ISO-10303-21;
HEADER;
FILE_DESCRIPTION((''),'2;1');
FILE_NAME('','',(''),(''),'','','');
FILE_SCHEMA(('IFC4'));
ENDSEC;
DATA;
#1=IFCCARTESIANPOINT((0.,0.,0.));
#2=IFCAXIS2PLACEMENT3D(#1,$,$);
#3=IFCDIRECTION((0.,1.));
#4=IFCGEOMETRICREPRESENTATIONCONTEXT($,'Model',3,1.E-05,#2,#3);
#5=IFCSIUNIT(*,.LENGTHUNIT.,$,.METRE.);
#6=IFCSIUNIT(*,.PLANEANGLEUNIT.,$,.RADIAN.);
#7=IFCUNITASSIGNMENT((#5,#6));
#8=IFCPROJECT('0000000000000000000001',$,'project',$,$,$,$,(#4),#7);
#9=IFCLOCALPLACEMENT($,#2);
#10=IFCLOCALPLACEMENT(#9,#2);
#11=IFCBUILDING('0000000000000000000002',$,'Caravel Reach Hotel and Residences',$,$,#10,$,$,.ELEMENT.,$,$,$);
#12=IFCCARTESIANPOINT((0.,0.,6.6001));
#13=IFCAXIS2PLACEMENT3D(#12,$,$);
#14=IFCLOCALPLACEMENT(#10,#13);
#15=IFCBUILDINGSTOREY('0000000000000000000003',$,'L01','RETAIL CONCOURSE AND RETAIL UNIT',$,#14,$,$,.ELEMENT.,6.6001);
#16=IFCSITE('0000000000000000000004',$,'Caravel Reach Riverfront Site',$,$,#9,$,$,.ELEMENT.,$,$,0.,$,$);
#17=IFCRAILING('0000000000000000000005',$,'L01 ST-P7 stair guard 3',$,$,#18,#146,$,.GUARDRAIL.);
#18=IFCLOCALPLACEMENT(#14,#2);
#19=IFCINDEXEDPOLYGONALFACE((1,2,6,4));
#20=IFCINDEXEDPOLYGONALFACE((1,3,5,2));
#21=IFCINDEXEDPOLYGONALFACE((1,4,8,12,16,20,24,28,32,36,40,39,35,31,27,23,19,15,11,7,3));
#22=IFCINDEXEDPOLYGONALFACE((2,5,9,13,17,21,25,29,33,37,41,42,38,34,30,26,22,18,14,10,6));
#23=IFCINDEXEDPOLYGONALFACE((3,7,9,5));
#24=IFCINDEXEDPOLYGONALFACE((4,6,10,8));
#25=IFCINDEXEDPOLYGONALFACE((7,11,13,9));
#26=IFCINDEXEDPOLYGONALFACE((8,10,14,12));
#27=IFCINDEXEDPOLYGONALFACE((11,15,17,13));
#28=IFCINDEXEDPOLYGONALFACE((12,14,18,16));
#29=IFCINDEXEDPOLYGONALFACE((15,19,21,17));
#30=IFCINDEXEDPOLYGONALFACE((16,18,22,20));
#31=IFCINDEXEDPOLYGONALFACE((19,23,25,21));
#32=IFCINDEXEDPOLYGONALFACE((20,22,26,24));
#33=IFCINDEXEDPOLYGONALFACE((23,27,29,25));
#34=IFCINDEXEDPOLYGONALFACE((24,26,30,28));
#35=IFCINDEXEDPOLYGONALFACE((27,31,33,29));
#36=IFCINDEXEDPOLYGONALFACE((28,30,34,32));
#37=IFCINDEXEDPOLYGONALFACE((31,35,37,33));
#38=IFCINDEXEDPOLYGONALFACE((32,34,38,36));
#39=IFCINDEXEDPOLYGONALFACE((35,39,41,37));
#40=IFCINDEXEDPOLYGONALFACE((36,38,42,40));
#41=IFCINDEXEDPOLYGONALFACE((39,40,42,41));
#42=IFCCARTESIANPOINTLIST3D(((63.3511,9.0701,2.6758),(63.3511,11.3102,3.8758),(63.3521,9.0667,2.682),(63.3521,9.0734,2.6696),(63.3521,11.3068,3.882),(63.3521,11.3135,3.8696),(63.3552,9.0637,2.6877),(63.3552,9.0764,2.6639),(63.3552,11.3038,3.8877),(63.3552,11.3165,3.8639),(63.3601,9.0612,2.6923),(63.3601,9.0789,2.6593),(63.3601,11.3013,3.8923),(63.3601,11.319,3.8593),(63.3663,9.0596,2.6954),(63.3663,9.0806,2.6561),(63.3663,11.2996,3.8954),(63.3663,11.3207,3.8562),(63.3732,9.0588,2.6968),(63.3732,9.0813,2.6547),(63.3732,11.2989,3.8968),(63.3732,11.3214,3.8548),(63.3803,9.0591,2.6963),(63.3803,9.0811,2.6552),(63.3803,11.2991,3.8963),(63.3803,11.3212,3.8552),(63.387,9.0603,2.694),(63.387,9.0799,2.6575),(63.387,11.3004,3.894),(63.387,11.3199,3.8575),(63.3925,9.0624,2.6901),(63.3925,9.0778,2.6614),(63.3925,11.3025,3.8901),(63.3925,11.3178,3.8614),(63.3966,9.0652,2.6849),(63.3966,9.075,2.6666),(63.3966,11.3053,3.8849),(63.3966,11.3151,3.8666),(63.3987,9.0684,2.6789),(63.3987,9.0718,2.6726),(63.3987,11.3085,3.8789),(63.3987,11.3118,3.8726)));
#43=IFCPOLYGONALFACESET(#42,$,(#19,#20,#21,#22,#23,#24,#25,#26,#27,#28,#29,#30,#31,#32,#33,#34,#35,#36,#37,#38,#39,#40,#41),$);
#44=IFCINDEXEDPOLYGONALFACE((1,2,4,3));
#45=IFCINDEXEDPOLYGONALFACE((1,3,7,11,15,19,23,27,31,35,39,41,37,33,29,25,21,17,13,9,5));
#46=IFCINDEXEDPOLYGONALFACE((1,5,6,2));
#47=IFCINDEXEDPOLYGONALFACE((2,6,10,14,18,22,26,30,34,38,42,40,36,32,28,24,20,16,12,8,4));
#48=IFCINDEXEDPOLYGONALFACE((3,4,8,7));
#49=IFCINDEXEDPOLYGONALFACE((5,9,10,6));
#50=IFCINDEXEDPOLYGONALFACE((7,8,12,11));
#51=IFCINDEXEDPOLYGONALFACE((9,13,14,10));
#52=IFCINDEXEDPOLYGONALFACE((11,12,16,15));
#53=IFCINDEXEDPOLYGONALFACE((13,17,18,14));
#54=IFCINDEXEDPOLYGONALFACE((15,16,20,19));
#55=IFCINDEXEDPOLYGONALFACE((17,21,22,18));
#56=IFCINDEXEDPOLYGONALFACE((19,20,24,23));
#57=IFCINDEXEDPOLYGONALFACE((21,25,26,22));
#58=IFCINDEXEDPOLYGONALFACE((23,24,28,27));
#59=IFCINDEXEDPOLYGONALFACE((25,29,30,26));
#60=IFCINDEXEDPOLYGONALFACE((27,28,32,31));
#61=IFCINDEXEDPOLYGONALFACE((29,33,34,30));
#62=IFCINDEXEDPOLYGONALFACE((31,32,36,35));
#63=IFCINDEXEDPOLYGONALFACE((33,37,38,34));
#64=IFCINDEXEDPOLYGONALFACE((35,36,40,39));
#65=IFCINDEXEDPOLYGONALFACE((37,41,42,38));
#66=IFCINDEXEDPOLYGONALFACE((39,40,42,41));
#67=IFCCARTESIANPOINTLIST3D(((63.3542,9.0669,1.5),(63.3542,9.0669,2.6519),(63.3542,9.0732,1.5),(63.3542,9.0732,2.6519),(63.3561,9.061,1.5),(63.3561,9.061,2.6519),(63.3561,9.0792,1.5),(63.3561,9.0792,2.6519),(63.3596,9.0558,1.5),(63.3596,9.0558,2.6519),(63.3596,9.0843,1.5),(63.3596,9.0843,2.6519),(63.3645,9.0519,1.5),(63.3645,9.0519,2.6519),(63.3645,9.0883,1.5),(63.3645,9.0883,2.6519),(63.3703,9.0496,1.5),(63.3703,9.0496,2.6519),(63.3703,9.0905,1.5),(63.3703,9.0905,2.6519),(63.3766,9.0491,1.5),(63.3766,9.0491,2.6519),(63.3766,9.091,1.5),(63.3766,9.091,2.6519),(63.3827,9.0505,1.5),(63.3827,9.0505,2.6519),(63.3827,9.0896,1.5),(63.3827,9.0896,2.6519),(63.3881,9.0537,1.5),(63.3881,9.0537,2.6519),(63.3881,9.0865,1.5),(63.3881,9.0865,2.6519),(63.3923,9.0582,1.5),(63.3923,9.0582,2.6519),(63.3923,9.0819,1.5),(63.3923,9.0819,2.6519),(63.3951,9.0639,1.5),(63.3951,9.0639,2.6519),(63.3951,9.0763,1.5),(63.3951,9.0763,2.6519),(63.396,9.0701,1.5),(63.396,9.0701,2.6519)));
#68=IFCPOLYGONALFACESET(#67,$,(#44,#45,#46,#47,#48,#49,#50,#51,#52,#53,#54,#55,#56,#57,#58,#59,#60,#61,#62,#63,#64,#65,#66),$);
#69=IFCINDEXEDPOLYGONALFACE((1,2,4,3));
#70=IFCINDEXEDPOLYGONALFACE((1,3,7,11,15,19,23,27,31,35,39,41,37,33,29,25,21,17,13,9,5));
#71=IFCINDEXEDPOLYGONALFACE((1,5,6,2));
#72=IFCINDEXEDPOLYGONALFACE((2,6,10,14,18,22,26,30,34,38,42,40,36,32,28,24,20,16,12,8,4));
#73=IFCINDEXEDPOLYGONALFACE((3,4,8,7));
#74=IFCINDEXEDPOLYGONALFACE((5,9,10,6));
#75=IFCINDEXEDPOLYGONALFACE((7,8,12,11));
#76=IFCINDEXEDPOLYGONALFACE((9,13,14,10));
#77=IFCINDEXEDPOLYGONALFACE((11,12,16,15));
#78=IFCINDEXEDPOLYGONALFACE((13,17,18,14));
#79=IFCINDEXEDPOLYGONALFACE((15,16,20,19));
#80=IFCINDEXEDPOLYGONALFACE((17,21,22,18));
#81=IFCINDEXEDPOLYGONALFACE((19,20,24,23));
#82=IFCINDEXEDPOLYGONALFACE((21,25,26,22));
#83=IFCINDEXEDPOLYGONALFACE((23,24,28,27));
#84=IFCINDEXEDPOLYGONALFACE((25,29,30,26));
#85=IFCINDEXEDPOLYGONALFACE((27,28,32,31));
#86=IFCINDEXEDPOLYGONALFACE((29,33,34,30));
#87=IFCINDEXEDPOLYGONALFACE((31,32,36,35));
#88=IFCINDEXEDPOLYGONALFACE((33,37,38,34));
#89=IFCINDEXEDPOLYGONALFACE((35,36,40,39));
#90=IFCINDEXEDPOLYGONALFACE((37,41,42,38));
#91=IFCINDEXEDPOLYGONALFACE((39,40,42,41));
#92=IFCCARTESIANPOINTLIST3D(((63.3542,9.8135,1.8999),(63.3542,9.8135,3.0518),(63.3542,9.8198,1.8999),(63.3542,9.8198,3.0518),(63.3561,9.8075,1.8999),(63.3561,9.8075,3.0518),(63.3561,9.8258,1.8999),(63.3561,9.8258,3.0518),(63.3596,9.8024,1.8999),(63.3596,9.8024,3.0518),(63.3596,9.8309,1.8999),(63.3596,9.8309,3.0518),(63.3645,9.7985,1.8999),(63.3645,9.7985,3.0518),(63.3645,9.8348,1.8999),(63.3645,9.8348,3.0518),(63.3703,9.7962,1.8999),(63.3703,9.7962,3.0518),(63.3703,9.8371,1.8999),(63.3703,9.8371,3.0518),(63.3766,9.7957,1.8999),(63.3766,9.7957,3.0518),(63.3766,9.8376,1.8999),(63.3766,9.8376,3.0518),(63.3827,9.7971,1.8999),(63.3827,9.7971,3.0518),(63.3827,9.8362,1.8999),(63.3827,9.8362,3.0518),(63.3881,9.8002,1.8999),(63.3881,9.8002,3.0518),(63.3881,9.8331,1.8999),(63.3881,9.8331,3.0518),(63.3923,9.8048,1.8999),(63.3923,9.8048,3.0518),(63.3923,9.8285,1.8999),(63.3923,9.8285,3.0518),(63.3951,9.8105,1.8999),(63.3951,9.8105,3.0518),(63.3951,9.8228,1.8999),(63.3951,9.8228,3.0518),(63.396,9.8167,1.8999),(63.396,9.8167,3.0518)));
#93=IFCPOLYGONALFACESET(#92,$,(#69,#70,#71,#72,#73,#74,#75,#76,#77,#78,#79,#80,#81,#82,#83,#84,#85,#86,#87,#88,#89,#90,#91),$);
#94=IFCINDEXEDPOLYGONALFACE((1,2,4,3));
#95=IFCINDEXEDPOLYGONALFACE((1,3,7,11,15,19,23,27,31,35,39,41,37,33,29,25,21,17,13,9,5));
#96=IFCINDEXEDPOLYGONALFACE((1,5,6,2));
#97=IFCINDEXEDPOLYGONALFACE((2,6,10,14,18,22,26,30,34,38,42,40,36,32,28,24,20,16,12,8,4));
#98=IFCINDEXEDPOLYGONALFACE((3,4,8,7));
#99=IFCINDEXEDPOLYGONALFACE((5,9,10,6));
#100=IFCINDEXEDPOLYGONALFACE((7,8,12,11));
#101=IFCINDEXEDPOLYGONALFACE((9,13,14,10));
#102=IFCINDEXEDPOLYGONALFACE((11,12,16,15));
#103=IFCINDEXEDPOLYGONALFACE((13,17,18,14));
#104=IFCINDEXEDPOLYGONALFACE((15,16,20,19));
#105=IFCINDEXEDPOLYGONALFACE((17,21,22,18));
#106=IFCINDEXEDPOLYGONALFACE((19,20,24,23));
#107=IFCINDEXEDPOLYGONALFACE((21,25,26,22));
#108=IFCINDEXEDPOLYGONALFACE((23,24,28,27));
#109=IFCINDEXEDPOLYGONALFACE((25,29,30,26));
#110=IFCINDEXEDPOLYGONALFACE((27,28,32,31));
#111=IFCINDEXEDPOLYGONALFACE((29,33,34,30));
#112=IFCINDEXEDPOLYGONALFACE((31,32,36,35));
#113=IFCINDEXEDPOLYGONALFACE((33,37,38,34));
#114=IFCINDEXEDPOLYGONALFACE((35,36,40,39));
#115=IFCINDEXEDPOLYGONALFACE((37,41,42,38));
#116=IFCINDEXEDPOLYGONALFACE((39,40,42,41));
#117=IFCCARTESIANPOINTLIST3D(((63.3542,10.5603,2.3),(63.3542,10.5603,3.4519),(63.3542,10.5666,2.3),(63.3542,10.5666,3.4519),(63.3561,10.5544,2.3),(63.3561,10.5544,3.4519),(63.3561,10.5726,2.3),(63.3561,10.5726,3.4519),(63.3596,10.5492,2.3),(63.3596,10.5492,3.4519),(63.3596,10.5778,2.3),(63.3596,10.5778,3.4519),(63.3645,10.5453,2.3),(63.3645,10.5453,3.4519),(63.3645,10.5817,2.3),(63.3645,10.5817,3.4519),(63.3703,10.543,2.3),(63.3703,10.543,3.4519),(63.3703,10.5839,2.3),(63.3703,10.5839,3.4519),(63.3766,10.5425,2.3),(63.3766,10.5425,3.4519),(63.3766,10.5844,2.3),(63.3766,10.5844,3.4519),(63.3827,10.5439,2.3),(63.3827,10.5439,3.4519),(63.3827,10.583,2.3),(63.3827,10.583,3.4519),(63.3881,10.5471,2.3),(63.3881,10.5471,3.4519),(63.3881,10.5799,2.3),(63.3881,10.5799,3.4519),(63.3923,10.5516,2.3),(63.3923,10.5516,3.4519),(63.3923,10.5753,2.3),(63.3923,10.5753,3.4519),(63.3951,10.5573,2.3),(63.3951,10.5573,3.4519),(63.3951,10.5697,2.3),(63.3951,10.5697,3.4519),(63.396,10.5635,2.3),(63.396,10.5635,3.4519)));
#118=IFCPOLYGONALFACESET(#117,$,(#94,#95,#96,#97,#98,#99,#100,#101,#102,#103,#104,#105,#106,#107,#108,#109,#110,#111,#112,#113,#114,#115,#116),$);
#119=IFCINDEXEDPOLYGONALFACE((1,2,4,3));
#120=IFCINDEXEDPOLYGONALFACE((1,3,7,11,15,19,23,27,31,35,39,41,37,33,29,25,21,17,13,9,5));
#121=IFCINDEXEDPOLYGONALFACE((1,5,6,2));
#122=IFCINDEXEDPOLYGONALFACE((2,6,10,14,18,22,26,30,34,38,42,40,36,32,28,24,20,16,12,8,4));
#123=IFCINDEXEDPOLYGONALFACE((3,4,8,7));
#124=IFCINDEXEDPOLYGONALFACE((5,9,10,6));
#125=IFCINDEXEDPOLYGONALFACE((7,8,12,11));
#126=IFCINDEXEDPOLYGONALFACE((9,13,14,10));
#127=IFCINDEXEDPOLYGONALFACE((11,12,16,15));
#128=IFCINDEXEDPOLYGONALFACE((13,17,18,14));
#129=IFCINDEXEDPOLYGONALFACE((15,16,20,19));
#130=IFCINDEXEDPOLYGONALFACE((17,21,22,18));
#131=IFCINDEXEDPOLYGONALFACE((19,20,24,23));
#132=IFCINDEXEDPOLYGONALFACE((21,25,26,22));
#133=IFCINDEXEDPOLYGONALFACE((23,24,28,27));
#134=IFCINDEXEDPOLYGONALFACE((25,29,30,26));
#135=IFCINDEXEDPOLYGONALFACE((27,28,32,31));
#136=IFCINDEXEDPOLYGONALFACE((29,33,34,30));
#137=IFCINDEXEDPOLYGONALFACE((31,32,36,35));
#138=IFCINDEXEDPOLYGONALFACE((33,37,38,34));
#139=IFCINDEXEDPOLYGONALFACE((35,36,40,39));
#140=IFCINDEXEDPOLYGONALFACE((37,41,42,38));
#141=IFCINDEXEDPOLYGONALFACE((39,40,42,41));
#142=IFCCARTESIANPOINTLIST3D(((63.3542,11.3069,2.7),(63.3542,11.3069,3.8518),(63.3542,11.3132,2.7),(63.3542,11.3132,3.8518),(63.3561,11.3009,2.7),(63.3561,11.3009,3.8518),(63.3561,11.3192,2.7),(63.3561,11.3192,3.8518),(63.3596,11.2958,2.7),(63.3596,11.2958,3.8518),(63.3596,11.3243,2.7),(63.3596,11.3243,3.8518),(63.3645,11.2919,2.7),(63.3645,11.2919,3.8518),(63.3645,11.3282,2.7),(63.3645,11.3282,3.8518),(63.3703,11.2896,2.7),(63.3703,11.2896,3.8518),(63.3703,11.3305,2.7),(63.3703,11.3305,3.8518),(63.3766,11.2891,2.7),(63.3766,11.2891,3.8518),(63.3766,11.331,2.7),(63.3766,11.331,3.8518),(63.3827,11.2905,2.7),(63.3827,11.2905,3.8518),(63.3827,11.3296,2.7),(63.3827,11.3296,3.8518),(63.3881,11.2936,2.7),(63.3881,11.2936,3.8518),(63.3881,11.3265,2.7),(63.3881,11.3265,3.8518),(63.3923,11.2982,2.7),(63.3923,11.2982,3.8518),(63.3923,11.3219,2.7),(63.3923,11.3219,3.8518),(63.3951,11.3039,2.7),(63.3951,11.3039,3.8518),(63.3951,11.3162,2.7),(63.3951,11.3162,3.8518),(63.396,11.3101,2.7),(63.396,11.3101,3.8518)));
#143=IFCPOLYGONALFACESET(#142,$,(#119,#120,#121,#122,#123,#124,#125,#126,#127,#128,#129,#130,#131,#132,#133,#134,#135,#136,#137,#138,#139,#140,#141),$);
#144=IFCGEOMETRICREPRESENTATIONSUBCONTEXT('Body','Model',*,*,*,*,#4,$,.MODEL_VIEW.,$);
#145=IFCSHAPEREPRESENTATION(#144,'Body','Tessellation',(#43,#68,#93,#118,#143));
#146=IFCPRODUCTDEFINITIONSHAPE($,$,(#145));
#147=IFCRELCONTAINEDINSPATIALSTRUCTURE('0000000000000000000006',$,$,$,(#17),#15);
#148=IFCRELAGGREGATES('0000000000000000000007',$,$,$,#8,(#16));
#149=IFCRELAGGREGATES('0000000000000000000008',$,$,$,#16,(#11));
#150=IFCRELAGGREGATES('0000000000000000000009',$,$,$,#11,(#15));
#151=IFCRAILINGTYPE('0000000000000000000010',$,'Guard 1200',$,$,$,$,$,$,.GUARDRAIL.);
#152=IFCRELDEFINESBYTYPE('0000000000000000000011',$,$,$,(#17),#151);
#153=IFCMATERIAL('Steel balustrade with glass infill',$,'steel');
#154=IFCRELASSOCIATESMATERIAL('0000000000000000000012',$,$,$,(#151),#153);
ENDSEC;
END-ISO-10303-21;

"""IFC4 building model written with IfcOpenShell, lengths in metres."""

from ifc_helpers import new_model, si_unit, direction, frame, origin, origin_2d, place, context, subcontext, project, spatial, circle, extrude, material, type_object, element, save


model = new_model("IFC4")

# Units and contexts
model_context = context("Model", 3, precision=1e-05, world=origin(), true_north=direction((0.0, 1.0)))
body_context = subcontext(model_context, "Body", "Model", "MODEL_VIEW")
ifc_project = project(units=[si_unit("LENGTHUNIT", "METRE"), si_unit("PLANEANGLEUNIT", "RADIAN")], contexts=[model_context])

# Site, building, storey
site_placement = place(None, origin())
site = spatial("IfcSite", under=ifc_project, at=site_placement, Name="Caravel Reach Riverfront Site", CompositionType="ELEMENT", RefElevation=0.0)
building_placement = place(site_placement, origin())
building = spatial("IfcBuilding", under=site, at=building_placement, Name="Caravel Reach Hotel and Residences", CompositionType="ELEMENT")
storey_placement = place(building_placement, frame((0.0, 0.0, 6.6001)))
storey = spatial("IfcBuildingStorey", under=building, at=storey_placement, Name="L01", Description="RETAIL CONCOURSE AND RETAIL UNIT", CompositionType="ELEMENT", Elevation=6.6001)

# Railing
ifc_material_1 = material(Name="Steel balustrade with glass infill", Category="steel")
railing_type_1 = type_object("IfcRailingType", Name="Guard 1200", PredefinedType="GUARDRAIL", material=ifc_material_1)
railing_1_placement = place(storey_placement, frame((63.375, 9.0701, 1.5)))
element("IfcRailing", 1, at=railing_1_placement, inside=storey, type_object=railing_type_1, Name="L01 ST-P7 stair guard 3", PredefinedType="GUARDRAIL", context=body_context, shape_type="SweptSolid", body=[
    extrude(circle(Radius=0.0239, at=origin_2d()), frame((0.0, 0.0, 1.1758), z_axis=(0.0, 0.881487, 0.472208), x_axis=(-1.0, 0.0, 0.0)), (0.0, 0.0, 1.0), 2.5413),
    extrude(circle(Radius=0.021, at=origin_2d()), origin(), (0.0, 0.0, 1.0), 1.1519),
    extrude(circle(Radius=0.021, at=origin_2d()), frame((0.0, 0.7466, 0.3999)), (0.0, 0.0, 1.0), 1.1519),
    extrude(circle(Radius=0.021, at=origin_2d()), frame((0.0, 1.4934, 0.8)), (0.0, 0.0, 1.0), 1.1519),
    extrude(circle(Radius=0.021, at=origin_2d()), frame((0.0, 2.24, 1.2)), (0.0, 0.0, 1.0), 1.1519),
])

save(model, "model.ifc")
